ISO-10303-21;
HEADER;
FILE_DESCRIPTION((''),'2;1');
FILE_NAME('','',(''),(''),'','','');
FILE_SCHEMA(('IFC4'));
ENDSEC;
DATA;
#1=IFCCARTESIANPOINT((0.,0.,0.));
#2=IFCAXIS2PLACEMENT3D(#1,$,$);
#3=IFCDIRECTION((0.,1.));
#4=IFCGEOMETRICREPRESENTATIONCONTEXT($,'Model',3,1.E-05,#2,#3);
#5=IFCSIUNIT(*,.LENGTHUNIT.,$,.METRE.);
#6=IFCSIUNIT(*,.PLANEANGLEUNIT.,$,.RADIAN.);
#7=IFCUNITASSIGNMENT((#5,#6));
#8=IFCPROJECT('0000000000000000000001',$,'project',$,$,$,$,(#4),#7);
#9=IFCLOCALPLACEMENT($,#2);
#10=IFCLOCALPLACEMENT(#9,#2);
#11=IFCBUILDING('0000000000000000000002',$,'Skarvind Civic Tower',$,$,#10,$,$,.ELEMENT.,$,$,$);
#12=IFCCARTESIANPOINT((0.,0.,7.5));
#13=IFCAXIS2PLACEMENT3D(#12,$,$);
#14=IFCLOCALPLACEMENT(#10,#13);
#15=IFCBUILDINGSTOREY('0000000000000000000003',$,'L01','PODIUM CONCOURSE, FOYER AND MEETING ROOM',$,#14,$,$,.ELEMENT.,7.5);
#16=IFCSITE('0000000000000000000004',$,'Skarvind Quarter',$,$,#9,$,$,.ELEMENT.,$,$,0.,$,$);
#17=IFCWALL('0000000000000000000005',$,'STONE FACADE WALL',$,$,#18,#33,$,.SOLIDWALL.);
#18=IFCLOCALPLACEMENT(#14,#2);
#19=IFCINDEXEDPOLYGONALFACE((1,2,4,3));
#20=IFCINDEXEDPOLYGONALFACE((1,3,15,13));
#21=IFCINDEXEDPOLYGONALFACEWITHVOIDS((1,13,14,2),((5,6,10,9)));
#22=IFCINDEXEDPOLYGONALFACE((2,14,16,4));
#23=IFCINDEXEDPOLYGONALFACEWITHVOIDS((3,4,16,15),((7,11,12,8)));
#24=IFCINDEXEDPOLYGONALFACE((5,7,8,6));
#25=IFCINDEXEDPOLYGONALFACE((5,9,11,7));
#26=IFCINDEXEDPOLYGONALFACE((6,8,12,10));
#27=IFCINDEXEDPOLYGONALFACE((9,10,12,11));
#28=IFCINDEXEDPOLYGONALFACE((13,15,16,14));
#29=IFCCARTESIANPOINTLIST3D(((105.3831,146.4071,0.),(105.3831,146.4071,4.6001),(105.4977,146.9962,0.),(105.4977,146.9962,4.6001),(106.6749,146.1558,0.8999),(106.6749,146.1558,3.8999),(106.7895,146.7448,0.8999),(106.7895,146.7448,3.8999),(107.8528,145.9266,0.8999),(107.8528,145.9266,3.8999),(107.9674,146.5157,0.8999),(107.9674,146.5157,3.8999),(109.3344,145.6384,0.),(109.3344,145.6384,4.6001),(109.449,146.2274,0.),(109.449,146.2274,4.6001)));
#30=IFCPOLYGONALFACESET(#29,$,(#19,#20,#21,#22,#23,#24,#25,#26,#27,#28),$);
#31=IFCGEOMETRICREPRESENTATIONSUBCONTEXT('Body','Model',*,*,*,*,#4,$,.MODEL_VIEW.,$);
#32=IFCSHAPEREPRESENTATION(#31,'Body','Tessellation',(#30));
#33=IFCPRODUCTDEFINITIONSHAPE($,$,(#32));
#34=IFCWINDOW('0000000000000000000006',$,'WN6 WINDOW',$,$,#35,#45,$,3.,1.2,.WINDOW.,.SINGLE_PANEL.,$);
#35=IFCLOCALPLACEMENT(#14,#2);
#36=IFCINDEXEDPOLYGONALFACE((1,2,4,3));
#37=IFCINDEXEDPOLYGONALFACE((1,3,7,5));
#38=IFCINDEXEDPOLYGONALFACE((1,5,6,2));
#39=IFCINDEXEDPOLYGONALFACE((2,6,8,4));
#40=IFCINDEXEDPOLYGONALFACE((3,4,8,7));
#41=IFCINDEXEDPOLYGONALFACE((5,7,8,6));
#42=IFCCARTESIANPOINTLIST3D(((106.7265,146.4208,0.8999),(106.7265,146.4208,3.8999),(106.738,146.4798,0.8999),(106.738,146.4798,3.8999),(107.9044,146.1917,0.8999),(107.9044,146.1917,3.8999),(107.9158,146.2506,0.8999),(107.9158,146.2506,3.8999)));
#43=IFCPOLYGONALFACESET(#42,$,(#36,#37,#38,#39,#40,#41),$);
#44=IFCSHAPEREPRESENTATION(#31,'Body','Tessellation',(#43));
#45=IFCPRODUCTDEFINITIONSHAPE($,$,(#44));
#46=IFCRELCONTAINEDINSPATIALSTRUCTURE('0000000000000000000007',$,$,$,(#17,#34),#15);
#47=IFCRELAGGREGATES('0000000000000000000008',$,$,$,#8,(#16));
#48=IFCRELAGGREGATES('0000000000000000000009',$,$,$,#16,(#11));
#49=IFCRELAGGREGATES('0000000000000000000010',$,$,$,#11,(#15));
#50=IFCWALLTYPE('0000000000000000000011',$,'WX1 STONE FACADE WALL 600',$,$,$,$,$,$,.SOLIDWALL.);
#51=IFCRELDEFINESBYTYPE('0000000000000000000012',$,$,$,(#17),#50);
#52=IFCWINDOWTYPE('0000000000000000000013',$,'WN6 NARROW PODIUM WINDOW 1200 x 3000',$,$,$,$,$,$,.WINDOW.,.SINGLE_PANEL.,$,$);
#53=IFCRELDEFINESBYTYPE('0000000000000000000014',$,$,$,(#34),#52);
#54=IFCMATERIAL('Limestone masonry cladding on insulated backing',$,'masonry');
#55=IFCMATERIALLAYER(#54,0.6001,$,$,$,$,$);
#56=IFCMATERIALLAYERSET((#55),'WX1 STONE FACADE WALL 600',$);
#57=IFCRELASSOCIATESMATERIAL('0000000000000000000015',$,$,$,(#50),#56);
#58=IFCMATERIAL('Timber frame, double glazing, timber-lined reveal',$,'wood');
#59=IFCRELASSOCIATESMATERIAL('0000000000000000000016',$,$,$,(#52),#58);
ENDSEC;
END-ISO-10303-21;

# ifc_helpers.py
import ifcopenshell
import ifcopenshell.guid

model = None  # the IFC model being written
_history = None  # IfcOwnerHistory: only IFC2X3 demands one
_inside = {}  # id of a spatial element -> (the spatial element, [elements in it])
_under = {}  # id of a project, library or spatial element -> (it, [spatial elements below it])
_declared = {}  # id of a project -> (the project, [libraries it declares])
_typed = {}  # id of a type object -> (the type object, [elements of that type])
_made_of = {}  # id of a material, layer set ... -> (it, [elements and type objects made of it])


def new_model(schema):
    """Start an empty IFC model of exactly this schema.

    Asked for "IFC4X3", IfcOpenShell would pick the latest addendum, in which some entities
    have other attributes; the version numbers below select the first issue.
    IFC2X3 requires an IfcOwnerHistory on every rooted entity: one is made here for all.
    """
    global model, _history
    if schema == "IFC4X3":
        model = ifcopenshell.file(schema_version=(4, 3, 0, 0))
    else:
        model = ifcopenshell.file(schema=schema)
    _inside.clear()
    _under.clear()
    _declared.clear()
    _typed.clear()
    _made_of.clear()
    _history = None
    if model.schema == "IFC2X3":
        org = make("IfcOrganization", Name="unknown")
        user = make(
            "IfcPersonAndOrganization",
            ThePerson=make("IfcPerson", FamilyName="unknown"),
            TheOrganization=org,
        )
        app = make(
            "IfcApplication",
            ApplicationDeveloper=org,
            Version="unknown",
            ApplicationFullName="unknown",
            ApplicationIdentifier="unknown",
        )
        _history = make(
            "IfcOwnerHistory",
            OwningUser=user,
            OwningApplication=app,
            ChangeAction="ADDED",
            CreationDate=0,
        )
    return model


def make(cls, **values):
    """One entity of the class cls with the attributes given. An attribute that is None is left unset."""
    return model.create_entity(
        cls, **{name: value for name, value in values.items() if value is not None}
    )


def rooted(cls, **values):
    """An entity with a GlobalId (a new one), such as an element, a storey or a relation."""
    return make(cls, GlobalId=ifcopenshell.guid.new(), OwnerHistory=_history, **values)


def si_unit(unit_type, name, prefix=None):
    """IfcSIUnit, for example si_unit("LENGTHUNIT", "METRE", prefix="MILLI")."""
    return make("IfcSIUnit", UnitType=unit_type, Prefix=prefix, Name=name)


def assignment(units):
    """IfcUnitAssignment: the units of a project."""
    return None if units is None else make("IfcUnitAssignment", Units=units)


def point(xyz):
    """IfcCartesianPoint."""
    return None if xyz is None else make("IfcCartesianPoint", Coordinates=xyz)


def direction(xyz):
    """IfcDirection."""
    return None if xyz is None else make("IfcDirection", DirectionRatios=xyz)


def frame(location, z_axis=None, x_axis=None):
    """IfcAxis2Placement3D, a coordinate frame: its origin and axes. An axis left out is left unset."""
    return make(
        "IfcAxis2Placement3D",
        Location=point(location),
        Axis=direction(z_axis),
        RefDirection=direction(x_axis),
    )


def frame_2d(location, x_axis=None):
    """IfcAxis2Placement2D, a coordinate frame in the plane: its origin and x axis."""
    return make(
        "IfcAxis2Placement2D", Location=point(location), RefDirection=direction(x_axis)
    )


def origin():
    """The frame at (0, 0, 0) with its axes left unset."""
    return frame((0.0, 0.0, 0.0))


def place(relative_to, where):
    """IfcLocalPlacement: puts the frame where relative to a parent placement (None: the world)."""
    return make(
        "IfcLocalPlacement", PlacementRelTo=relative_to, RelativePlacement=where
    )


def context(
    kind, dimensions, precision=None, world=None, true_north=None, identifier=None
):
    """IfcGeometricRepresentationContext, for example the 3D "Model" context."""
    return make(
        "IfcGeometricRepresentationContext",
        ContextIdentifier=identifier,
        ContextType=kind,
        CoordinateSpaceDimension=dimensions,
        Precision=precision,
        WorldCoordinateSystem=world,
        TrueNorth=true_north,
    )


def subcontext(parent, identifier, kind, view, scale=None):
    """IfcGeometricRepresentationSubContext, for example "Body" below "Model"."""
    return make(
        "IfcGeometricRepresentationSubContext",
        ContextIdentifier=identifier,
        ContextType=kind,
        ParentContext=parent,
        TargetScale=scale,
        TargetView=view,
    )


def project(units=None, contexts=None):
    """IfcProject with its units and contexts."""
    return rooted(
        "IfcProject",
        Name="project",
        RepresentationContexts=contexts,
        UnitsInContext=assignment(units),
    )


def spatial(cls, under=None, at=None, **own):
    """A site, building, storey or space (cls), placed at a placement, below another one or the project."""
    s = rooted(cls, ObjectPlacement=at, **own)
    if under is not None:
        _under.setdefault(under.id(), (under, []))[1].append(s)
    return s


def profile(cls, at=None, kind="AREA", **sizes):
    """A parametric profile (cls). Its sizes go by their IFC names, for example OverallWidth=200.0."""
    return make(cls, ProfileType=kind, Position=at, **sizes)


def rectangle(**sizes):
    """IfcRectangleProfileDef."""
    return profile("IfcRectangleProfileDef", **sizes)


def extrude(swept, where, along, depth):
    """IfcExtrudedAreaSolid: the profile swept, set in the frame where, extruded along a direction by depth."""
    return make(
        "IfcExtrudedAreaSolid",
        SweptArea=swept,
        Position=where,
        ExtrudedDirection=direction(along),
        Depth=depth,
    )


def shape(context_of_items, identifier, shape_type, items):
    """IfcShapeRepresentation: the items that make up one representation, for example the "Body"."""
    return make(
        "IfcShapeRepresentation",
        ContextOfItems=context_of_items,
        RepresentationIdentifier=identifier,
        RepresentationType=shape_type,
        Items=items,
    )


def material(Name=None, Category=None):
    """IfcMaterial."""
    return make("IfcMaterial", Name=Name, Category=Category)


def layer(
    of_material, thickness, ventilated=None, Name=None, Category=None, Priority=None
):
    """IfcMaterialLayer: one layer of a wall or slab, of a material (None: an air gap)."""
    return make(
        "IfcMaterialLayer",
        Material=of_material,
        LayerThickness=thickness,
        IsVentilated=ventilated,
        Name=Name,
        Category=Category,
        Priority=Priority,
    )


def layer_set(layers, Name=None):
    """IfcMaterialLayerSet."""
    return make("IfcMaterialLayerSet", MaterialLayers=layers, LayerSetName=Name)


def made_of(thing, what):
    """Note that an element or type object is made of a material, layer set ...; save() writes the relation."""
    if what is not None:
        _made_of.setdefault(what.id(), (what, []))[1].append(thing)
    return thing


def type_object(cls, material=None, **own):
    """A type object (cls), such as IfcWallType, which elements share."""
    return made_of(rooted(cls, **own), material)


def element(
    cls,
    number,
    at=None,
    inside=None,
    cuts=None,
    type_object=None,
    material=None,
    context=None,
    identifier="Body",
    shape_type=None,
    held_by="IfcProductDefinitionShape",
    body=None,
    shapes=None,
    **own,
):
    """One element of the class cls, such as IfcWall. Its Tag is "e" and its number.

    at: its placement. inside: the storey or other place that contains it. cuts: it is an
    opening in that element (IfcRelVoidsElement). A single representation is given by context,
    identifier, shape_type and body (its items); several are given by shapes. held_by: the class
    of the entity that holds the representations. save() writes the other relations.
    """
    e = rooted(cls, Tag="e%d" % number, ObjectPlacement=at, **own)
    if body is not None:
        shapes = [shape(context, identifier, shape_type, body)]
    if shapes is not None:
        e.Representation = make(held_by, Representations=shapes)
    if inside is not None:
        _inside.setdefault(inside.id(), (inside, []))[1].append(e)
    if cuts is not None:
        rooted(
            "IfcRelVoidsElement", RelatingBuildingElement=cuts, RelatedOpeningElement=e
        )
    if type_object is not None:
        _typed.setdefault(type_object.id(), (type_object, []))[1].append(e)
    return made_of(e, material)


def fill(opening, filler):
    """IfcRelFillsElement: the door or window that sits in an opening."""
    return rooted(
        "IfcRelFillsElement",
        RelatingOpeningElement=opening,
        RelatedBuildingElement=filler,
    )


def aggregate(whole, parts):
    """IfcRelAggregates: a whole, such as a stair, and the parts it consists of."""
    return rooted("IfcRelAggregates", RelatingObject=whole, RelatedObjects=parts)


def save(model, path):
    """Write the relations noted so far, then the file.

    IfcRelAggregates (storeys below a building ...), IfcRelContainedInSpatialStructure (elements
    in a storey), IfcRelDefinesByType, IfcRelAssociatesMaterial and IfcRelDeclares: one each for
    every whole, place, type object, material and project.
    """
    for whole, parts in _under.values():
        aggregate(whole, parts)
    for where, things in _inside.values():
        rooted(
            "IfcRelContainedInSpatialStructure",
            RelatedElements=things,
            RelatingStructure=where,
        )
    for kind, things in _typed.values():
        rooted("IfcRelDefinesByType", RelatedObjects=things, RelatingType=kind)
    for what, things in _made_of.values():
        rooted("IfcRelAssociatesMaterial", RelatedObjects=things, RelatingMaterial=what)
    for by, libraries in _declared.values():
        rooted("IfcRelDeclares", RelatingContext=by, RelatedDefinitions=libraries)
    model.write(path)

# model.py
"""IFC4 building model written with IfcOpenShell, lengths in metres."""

from ifc_helpers import new_model, si_unit, direction, frame, frame_2d, origin, place, context, subcontext, project, spatial, rectangle, extrude, material, layer, layer_set, type_object, element, fill, save


model = new_model("IFC4")

# Units and contexts
model_context = context("Model", 3, precision=1e-05, world=origin(), true_north=direction((0.0, 1.0)))
body_context = subcontext(model_context, "Body", "Model", "MODEL_VIEW")
ifc_project = project(units=[si_unit("LENGTHUNIT", "METRE"), si_unit("PLANEANGLEUNIT", "RADIAN")], contexts=[model_context])

# Site, building, storey
site_placement = place(None, origin())
site = spatial("IfcSite", under=ifc_project, at=site_placement, Name="Skarvind Quarter", CompositionType="ELEMENT", RefElevation=0.0)
building_placement = place(site_placement, origin())
building = spatial("IfcBuilding", under=site, at=building_placement, Name="Skarvind Civic Tower", CompositionType="ELEMENT")
storey_placement = place(building_placement, frame((0.0, 0.0, 7.5)))
storey = spatial("IfcBuildingStorey", under=building, at=storey_placement, Name="L01", Description="PODIUM CONCOURSE, FOYER AND MEETING ROOM", CompositionType="ELEMENT", Elevation=7.5)

# Shared definitions
ifc_material_1 = material(Name="Limestone masonry cladding on insulated backing", Category="masonry")
ifc_layer_1 = layer(ifc_material_1, 0.6001)
ifc_layer_set_1 = layer_set([ifc_layer_1], Name="WX1 STONE FACADE WALL 600")
wall_type_1 = type_object("IfcWallType", Name="WX1 STONE FACADE WALL 600", PredefinedType="SOLIDWALL", material=ifc_layer_set_1)

# Wall, opening, window
wall_1_placement = place(storey_placement, frame((105.4404, 146.7017, 0.0), z_axis=(0.0, 0.0, 1.0), x_axis=(0.981594, -0.190982, 0.0)))
wall_1 = element("IfcWall", 1, at=wall_1_placement, inside=storey, type_object=wall_type_1, Name="STONE FACADE WALL", PredefinedType="SOLIDWALL", context=body_context, shape_type="SweptSolid", body=[
    extrude(rectangle(XDim=4.0254, YDim=0.6001, at=frame_2d((2.0127, 0.0))), origin(), (0.0, 0.0, 1.0), 4.6001),
])
opening_1_placement = place(wall_1_placement, frame((1.3159, 0.0, 0.8999)))
opening_1 = element("IfcOpeningElement", 2, at=opening_1_placement, cuts=wall_1, PredefinedType="OPENING", context=body_context, shape_type="SweptSolid", body=[
    extrude(rectangle(XDim=1.2, YDim=3.0, at=frame_2d((0.6001, 1.5))), frame((0.0, 0.3101, 0.0), z_axis=(0.0, -1.0, 0.0), x_axis=(1.0, 0.0, 0.0)), (0.0, 0.0, 1.0), 0.6201),
])
ifc_material_2 = material(Name="Timber frame, double glazing, timber-lined reveal", Category="wood")
window_type = type_object("IfcWindowType", Name="WN6 NARROW PODIUM WINDOW 1200 x 3000", PartitioningType="SINGLE_PANEL", PredefinedType="WINDOW", material=ifc_material_2)
window_placement = place(opening_1_placement, origin())
window = element("IfcWindow", 3, at=window_placement, inside=storey, type_object=window_type, Name="WN6 WINDOW", OverallHeight=3.0, OverallWidth=1.2, PartitioningType="SINGLE_PANEL", PredefinedType="WINDOW", context=body_context, shape_type="SweptSolid", body=[
    extrude(rectangle(XDim=1.2, YDim=3.0, at=frame_2d((0.6001, 1.5))), frame((0.0, 0.03, 0.0), z_axis=(0.0, -1.0, 0.0), x_axis=(1.0, 0.0, 0.0)), (0.0, 0.0, 1.0), 0.0601),
])
fill(opening_1, window)

save(model, "model.ifc")
